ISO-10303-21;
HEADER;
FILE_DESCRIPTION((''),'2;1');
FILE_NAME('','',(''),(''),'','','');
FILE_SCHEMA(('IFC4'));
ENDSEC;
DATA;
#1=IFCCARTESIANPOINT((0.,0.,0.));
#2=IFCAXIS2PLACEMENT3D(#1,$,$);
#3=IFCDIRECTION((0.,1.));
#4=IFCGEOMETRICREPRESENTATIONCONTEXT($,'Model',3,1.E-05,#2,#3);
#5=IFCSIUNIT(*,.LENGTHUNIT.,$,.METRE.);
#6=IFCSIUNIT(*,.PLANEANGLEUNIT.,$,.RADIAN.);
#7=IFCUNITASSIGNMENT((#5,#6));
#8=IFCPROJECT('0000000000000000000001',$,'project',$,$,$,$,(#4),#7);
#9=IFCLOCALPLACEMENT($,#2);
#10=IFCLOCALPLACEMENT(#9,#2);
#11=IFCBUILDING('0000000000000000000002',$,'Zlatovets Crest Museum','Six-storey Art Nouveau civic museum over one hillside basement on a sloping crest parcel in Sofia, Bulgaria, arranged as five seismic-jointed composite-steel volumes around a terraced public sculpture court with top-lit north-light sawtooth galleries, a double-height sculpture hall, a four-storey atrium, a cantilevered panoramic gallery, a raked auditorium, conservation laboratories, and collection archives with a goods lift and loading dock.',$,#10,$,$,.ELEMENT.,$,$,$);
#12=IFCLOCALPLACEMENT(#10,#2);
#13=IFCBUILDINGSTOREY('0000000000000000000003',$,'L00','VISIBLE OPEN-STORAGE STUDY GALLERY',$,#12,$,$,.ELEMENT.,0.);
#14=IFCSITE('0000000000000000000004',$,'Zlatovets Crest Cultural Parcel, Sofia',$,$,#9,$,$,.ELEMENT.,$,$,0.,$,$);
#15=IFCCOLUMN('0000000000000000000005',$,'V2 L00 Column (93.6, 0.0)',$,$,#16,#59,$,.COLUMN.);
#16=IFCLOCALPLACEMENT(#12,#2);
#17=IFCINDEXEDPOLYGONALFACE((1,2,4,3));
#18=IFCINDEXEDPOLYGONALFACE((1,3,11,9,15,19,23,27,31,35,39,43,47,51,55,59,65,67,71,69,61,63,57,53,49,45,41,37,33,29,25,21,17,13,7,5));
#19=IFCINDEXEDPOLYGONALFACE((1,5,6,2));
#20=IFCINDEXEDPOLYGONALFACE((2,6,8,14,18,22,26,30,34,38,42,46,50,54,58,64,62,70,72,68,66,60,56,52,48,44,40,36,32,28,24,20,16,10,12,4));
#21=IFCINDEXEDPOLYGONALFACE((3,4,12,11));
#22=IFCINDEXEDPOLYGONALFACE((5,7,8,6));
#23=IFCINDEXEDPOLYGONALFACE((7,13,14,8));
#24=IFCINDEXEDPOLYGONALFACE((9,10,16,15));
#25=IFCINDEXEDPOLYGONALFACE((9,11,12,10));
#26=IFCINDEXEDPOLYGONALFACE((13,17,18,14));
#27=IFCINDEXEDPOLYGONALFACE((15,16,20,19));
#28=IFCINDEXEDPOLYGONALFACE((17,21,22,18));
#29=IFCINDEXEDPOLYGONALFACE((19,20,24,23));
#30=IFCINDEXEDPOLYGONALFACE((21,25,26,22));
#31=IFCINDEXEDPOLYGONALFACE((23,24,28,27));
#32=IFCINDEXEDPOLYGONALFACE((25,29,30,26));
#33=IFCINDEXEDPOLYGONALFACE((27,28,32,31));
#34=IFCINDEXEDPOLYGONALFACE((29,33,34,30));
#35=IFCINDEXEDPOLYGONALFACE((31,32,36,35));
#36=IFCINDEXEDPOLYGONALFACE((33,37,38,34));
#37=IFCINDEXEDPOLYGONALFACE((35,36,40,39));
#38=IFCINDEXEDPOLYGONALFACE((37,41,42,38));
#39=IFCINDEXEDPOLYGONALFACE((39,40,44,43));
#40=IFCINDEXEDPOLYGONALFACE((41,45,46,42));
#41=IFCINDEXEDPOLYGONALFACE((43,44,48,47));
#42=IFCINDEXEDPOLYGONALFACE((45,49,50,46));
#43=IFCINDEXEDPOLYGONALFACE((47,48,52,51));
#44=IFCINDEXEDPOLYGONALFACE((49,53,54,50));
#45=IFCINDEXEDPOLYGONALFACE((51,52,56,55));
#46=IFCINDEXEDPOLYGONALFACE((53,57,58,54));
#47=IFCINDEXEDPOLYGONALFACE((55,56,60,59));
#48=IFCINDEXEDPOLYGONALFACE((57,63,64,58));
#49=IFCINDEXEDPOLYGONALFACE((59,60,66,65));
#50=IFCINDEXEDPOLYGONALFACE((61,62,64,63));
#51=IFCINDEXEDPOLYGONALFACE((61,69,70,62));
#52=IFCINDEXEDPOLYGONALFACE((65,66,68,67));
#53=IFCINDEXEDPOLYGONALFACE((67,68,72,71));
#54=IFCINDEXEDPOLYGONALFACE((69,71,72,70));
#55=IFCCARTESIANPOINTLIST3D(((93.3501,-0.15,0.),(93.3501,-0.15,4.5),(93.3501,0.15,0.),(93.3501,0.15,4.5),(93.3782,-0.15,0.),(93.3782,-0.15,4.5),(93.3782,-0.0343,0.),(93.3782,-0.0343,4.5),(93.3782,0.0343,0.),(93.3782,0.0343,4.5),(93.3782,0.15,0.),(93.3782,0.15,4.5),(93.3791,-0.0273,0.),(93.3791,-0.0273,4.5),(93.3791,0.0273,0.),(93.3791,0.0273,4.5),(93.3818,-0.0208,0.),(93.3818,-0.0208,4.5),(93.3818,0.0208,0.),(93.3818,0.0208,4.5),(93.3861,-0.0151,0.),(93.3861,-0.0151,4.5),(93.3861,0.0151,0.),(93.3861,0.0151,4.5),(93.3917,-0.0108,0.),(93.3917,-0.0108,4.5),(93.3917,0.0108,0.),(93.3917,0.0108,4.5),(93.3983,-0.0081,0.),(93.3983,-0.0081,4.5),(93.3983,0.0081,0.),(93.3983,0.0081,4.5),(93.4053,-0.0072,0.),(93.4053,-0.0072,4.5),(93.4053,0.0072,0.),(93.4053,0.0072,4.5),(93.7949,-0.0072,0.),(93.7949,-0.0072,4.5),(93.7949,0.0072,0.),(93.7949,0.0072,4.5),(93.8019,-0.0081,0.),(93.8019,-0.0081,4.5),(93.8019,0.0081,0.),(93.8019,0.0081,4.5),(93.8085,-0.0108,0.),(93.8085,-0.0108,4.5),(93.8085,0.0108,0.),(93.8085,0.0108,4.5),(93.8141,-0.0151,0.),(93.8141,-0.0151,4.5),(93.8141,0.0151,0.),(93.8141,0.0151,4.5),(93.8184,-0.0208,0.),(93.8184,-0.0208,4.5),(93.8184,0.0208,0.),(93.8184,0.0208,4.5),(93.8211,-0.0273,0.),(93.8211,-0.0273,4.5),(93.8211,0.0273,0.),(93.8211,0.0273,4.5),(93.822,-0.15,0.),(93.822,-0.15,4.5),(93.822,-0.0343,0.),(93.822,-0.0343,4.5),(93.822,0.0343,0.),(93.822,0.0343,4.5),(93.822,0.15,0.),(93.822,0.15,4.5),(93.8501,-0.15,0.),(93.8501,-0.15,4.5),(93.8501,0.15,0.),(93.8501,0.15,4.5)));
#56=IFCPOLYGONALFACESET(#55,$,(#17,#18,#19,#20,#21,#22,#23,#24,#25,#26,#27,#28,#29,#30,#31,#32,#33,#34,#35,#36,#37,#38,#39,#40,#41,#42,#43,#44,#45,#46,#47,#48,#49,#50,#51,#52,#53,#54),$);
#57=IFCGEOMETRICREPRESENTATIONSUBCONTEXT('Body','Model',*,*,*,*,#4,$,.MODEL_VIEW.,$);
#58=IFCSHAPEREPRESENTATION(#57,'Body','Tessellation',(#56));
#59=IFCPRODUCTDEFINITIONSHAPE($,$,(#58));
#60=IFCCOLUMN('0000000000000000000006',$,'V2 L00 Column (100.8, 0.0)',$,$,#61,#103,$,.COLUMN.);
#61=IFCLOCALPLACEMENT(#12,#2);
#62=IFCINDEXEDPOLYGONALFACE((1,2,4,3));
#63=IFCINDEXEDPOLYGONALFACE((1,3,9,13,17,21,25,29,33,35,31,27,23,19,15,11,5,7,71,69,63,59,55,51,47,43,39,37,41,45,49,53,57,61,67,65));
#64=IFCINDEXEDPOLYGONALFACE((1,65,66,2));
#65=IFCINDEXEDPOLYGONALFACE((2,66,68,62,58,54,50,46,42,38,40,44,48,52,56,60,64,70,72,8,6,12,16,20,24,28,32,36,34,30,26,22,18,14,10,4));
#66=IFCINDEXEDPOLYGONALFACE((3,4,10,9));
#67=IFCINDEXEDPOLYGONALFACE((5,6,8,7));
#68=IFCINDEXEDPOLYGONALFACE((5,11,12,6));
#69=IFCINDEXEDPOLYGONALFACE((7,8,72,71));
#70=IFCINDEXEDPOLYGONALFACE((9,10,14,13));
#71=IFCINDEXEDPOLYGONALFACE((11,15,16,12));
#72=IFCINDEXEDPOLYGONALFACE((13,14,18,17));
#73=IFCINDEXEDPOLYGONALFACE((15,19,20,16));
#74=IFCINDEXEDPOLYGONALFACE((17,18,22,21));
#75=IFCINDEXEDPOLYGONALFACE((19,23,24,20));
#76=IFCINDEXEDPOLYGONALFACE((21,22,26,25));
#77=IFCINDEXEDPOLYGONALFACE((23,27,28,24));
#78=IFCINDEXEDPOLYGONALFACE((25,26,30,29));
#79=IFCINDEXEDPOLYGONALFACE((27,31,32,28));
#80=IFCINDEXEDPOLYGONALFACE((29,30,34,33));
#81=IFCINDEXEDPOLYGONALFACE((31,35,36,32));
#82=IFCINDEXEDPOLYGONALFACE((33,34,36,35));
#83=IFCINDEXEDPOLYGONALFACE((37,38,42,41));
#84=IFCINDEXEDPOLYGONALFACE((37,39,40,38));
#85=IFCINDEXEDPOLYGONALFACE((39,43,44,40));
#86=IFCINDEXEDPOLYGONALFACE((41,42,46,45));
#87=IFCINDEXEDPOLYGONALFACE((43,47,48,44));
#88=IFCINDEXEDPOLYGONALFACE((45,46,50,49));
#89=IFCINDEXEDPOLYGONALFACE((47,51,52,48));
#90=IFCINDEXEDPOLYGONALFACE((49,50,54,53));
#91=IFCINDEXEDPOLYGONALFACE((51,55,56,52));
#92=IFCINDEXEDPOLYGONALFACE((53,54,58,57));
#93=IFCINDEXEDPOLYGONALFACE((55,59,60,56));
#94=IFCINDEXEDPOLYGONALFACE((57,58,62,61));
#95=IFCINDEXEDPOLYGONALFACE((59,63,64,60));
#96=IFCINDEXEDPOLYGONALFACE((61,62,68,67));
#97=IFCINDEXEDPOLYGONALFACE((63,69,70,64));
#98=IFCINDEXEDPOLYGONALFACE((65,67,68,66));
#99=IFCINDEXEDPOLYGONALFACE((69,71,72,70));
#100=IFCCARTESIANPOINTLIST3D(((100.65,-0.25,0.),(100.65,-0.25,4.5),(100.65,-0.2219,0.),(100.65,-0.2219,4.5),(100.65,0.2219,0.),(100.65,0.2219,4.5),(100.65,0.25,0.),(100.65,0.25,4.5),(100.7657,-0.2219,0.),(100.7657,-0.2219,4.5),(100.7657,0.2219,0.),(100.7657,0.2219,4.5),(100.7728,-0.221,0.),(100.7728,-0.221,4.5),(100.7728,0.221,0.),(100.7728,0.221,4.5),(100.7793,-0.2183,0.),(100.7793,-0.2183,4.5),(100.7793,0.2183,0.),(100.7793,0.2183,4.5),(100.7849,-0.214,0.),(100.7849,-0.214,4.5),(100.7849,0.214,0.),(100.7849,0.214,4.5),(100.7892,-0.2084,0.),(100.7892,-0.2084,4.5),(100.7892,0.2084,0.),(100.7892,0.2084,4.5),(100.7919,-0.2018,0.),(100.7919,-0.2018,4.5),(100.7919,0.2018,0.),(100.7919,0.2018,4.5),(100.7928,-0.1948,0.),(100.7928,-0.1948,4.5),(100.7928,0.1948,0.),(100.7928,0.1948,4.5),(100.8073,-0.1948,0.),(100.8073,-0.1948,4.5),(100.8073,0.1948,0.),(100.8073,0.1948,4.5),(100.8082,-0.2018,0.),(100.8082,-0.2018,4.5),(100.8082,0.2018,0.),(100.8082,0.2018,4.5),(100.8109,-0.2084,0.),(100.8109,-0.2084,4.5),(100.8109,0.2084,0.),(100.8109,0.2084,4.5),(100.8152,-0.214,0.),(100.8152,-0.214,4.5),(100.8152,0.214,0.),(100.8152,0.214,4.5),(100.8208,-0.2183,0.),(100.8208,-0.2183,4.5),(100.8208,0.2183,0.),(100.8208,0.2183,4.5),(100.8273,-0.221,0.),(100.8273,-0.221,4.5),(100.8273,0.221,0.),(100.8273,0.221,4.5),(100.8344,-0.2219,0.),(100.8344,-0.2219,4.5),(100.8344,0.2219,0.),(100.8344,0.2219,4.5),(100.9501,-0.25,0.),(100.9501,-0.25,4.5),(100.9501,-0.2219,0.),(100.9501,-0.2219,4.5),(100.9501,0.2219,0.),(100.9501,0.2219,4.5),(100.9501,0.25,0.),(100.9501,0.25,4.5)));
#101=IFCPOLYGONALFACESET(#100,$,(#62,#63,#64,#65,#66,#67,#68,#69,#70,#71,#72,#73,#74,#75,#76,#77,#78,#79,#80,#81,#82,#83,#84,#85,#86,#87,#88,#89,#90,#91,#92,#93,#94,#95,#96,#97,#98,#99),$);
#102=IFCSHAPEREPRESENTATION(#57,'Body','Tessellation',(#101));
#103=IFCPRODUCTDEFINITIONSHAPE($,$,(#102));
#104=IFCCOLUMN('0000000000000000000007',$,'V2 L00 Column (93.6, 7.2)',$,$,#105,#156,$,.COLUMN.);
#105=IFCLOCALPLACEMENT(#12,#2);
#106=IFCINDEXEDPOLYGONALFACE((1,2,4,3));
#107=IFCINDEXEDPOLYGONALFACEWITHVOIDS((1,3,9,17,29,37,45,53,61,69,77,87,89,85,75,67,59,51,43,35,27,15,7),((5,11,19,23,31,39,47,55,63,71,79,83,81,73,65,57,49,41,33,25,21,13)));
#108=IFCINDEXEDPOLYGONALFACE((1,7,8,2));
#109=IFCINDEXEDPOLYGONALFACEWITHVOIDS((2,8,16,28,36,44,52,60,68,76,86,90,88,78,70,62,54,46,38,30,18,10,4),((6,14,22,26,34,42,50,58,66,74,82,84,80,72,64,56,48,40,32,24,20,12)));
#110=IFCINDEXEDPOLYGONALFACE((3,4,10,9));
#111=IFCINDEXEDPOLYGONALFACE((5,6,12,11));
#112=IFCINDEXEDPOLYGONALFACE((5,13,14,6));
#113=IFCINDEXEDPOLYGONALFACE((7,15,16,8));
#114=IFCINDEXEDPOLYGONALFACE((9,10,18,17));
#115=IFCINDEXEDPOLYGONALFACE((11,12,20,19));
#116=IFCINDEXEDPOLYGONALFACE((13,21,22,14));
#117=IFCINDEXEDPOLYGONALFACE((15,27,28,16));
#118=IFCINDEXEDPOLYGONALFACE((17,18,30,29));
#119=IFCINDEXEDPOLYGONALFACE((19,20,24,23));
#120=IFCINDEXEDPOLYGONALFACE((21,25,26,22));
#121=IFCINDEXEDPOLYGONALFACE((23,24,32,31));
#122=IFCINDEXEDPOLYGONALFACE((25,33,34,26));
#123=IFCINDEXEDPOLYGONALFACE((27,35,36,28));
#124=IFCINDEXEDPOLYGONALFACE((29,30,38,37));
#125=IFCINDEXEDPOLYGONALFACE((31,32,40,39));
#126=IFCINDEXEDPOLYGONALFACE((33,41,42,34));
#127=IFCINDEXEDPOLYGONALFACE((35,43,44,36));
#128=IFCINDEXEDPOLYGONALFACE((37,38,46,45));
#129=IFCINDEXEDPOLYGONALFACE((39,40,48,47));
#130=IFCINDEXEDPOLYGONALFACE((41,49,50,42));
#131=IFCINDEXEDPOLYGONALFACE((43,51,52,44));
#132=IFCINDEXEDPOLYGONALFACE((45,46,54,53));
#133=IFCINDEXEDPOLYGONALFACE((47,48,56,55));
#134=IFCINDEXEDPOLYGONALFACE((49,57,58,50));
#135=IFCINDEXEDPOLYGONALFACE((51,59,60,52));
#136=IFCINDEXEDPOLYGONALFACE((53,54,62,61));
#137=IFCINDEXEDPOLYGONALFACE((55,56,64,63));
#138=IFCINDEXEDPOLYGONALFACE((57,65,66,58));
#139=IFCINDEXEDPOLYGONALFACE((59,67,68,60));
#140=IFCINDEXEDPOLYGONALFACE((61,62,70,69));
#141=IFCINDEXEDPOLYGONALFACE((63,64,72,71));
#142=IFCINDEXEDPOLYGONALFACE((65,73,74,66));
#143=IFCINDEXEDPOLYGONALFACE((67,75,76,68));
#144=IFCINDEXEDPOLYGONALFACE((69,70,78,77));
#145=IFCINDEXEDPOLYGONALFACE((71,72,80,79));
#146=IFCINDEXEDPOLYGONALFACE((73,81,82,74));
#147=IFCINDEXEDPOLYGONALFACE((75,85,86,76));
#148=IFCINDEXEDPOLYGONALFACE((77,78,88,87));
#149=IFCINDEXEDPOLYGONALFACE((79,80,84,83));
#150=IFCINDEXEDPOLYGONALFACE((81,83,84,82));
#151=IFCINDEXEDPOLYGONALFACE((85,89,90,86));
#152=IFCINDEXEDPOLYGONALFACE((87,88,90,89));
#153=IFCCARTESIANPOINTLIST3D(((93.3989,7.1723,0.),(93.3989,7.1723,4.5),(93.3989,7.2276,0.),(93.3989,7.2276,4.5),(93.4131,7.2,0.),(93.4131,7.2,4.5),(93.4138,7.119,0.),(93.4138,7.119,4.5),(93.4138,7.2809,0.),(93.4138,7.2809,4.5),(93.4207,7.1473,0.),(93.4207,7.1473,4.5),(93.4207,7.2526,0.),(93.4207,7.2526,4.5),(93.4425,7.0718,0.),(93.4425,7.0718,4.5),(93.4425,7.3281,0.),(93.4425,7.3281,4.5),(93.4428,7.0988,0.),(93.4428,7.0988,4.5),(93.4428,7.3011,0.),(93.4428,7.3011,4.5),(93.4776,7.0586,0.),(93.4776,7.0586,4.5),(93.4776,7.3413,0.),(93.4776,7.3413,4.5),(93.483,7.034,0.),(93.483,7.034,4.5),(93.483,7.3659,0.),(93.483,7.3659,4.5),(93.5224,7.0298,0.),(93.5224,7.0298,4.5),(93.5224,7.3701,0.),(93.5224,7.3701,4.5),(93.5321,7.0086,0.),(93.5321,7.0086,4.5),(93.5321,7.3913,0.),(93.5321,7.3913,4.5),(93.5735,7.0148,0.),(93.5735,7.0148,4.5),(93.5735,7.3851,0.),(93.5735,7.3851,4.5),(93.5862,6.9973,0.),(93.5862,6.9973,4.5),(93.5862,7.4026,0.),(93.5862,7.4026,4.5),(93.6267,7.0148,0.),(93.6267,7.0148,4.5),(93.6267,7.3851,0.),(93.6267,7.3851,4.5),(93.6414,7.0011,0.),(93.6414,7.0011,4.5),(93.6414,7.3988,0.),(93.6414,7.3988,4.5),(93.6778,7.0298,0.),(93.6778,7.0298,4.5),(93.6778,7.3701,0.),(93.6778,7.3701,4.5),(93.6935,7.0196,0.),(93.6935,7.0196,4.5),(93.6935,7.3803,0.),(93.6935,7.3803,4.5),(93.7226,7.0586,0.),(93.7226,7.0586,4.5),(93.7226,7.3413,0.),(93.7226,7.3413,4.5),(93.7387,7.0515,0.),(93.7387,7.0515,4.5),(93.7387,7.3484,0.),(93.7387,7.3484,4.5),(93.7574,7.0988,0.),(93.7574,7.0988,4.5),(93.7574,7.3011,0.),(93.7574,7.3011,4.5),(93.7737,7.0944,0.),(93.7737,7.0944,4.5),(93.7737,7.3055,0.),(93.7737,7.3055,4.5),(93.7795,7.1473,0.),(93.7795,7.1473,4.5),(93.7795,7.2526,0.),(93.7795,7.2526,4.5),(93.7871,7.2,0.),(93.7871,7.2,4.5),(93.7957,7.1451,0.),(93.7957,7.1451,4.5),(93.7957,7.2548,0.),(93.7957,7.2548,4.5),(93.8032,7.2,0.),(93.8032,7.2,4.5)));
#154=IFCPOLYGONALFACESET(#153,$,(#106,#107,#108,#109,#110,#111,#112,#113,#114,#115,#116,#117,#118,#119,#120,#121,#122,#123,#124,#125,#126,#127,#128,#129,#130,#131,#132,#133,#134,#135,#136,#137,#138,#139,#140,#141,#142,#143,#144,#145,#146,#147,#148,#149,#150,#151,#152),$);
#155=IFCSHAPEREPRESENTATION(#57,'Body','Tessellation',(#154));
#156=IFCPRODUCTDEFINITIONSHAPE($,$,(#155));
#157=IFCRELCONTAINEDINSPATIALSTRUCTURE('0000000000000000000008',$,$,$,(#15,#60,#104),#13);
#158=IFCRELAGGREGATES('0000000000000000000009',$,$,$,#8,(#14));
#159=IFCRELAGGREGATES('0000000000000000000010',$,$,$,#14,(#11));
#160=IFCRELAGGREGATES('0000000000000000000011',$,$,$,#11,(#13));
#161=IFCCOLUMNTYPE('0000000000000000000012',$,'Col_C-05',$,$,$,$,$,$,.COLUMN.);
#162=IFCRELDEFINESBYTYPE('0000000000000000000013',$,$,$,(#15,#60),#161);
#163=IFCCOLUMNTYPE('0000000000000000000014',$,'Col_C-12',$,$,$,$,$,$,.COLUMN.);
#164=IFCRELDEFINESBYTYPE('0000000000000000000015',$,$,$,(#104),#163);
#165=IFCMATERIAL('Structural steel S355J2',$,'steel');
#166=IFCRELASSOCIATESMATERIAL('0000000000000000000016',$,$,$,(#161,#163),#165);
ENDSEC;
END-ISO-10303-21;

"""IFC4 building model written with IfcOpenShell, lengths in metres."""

from ifc_helpers import new_model, si_unit, direction, frame, origin, origin_2d, place, context, subcontext, project, spatial, hollow_circle, i_section, extrude, material, material_profile, profile_set, type_object, element, save


model = new_model("IFC4")

# Units and contexts
model_context = context("Model", 3, precision=1e-05, world=origin(), true_north=direction((0.0, 1.0)))
body_context = subcontext(model_context, "Body", "Model", "MODEL_VIEW")
ifc_project = project(units=[si_unit("LENGTHUNIT", "METRE"), si_unit("PLANEANGLEUNIT", "RADIAN")], contexts=[model_context])

# Site, building, storey
site_placement = place(None, origin())
site = spatial("IfcSite", under=ifc_project, at=site_placement, Name="Zlatovets Crest Cultural Parcel, Sofia", CompositionType="ELEMENT", RefElevation=0.0)
building_placement = place(site_placement, origin())
building = spatial("IfcBuilding", under=site, at=building_placement, Name="Zlatovets Crest Museum", Description="Six-storey Art Nouveau civic museum over one hillside basement on a sloping crest parcel in Sofia, Bulgaria, arranged as five seismic-jointed composite-steel volumes around a terraced public sculpture court with top-lit north-light sawtooth galleries, a double-height sculpture hall, a four-storey atrium, a cantilevered panoramic gallery, a raked auditorium, conservation laboratories, and collection archives with a goods lift and loading dock.", CompositionType="ELEMENT")
storey_placement = place(building_placement, origin())
storey = spatial("IfcBuildingStorey", under=building, at=storey_placement, Name="L00", Description="VISIBLE OPEN-STORAGE STUDY GALLERY", CompositionType="ELEMENT", Elevation=0.0)

# Columns
ifc_material_1 = material(Name="Structural steel S355J2", Category="steel")
ifc_material_profile_1 = material_profile(ifc_material_1, i_section(OverallWidth=0.3, OverallDepth=0.5, WebThickness=0.0144, FlangeThickness=0.0281, FilletRadius=0.0271, at=origin_2d()), Name="HEB 500")
ifc_profile_set_1 = profile_set([ifc_material_profile_1], Name="Structural steel S355J2")
column_type_1 = type_object("IfcColumnType", Name="Col_C-05", PredefinedType="COLUMN", material=ifc_profile_set_1)
for number, where, z_axis, x_axis, name in (
    (1, (93.6001, 0.0, 0.0), (0.0, 0.0, 1.0), (0.0, 1.0, 0.0), "V2 L00 Column (93.6, 0.0)"),
    (2, (100.8, 0.0, 0.0), (0.0, 0.0, 1.0), (1.0, 0.0, 0.0), "V2 L00 Column (100.8, 0.0)"),
):
    element("IfcColumn", number, at=place(storey_placement, frame(where, z_axis=z_axis, x_axis=x_axis)), inside=storey, type_object=column_type_1, Name=name, PredefinedType="COLUMN", context=body_context, shape_type="SweptSolid", body=[
        extrude(i_section(OverallWidth=0.3, OverallDepth=0.5, WebThickness=0.0144, FlangeThickness=0.0281, FilletRadius=0.0271, at=origin_2d()), origin(), (0.0, 0.0, 1.0), 4.5),
    ])
ifc_material_profile_2 = material_profile(ifc_material_1, hollow_circle(Radius=0.2031, WallThickness=0.0161, at=origin_2d()), Name="CHS 406.4x16.0")
ifc_profile_set_2 = profile_set([ifc_material_profile_2], Name="Structural steel S355J2")
column_type_2 = type_object("IfcColumnType", Name="Col_C-12", PredefinedType="COLUMN", material=ifc_profile_set_2)
column_1_placement = place(storey_placement, frame((93.6001, 7.2, 0.0), z_axis=(0.0, 0.0, 1.0), x_axis=(1.0, 0.0, 0.0)))
element("IfcColumn", 3, at=column_1_placement, inside=storey, type_object=column_type_2, Name="V2 L00 Column (93.6, 7.2)", PredefinedType="COLUMN", context=body_context, shape_type="SweptSolid", body=[
    extrude(hollow_circle(Radius=0.2031, WallThickness=0.0161, at=origin_2d()), origin(), (0.0, 0.0, 1.0), 4.5),
])

save(model, "model.ifc")
